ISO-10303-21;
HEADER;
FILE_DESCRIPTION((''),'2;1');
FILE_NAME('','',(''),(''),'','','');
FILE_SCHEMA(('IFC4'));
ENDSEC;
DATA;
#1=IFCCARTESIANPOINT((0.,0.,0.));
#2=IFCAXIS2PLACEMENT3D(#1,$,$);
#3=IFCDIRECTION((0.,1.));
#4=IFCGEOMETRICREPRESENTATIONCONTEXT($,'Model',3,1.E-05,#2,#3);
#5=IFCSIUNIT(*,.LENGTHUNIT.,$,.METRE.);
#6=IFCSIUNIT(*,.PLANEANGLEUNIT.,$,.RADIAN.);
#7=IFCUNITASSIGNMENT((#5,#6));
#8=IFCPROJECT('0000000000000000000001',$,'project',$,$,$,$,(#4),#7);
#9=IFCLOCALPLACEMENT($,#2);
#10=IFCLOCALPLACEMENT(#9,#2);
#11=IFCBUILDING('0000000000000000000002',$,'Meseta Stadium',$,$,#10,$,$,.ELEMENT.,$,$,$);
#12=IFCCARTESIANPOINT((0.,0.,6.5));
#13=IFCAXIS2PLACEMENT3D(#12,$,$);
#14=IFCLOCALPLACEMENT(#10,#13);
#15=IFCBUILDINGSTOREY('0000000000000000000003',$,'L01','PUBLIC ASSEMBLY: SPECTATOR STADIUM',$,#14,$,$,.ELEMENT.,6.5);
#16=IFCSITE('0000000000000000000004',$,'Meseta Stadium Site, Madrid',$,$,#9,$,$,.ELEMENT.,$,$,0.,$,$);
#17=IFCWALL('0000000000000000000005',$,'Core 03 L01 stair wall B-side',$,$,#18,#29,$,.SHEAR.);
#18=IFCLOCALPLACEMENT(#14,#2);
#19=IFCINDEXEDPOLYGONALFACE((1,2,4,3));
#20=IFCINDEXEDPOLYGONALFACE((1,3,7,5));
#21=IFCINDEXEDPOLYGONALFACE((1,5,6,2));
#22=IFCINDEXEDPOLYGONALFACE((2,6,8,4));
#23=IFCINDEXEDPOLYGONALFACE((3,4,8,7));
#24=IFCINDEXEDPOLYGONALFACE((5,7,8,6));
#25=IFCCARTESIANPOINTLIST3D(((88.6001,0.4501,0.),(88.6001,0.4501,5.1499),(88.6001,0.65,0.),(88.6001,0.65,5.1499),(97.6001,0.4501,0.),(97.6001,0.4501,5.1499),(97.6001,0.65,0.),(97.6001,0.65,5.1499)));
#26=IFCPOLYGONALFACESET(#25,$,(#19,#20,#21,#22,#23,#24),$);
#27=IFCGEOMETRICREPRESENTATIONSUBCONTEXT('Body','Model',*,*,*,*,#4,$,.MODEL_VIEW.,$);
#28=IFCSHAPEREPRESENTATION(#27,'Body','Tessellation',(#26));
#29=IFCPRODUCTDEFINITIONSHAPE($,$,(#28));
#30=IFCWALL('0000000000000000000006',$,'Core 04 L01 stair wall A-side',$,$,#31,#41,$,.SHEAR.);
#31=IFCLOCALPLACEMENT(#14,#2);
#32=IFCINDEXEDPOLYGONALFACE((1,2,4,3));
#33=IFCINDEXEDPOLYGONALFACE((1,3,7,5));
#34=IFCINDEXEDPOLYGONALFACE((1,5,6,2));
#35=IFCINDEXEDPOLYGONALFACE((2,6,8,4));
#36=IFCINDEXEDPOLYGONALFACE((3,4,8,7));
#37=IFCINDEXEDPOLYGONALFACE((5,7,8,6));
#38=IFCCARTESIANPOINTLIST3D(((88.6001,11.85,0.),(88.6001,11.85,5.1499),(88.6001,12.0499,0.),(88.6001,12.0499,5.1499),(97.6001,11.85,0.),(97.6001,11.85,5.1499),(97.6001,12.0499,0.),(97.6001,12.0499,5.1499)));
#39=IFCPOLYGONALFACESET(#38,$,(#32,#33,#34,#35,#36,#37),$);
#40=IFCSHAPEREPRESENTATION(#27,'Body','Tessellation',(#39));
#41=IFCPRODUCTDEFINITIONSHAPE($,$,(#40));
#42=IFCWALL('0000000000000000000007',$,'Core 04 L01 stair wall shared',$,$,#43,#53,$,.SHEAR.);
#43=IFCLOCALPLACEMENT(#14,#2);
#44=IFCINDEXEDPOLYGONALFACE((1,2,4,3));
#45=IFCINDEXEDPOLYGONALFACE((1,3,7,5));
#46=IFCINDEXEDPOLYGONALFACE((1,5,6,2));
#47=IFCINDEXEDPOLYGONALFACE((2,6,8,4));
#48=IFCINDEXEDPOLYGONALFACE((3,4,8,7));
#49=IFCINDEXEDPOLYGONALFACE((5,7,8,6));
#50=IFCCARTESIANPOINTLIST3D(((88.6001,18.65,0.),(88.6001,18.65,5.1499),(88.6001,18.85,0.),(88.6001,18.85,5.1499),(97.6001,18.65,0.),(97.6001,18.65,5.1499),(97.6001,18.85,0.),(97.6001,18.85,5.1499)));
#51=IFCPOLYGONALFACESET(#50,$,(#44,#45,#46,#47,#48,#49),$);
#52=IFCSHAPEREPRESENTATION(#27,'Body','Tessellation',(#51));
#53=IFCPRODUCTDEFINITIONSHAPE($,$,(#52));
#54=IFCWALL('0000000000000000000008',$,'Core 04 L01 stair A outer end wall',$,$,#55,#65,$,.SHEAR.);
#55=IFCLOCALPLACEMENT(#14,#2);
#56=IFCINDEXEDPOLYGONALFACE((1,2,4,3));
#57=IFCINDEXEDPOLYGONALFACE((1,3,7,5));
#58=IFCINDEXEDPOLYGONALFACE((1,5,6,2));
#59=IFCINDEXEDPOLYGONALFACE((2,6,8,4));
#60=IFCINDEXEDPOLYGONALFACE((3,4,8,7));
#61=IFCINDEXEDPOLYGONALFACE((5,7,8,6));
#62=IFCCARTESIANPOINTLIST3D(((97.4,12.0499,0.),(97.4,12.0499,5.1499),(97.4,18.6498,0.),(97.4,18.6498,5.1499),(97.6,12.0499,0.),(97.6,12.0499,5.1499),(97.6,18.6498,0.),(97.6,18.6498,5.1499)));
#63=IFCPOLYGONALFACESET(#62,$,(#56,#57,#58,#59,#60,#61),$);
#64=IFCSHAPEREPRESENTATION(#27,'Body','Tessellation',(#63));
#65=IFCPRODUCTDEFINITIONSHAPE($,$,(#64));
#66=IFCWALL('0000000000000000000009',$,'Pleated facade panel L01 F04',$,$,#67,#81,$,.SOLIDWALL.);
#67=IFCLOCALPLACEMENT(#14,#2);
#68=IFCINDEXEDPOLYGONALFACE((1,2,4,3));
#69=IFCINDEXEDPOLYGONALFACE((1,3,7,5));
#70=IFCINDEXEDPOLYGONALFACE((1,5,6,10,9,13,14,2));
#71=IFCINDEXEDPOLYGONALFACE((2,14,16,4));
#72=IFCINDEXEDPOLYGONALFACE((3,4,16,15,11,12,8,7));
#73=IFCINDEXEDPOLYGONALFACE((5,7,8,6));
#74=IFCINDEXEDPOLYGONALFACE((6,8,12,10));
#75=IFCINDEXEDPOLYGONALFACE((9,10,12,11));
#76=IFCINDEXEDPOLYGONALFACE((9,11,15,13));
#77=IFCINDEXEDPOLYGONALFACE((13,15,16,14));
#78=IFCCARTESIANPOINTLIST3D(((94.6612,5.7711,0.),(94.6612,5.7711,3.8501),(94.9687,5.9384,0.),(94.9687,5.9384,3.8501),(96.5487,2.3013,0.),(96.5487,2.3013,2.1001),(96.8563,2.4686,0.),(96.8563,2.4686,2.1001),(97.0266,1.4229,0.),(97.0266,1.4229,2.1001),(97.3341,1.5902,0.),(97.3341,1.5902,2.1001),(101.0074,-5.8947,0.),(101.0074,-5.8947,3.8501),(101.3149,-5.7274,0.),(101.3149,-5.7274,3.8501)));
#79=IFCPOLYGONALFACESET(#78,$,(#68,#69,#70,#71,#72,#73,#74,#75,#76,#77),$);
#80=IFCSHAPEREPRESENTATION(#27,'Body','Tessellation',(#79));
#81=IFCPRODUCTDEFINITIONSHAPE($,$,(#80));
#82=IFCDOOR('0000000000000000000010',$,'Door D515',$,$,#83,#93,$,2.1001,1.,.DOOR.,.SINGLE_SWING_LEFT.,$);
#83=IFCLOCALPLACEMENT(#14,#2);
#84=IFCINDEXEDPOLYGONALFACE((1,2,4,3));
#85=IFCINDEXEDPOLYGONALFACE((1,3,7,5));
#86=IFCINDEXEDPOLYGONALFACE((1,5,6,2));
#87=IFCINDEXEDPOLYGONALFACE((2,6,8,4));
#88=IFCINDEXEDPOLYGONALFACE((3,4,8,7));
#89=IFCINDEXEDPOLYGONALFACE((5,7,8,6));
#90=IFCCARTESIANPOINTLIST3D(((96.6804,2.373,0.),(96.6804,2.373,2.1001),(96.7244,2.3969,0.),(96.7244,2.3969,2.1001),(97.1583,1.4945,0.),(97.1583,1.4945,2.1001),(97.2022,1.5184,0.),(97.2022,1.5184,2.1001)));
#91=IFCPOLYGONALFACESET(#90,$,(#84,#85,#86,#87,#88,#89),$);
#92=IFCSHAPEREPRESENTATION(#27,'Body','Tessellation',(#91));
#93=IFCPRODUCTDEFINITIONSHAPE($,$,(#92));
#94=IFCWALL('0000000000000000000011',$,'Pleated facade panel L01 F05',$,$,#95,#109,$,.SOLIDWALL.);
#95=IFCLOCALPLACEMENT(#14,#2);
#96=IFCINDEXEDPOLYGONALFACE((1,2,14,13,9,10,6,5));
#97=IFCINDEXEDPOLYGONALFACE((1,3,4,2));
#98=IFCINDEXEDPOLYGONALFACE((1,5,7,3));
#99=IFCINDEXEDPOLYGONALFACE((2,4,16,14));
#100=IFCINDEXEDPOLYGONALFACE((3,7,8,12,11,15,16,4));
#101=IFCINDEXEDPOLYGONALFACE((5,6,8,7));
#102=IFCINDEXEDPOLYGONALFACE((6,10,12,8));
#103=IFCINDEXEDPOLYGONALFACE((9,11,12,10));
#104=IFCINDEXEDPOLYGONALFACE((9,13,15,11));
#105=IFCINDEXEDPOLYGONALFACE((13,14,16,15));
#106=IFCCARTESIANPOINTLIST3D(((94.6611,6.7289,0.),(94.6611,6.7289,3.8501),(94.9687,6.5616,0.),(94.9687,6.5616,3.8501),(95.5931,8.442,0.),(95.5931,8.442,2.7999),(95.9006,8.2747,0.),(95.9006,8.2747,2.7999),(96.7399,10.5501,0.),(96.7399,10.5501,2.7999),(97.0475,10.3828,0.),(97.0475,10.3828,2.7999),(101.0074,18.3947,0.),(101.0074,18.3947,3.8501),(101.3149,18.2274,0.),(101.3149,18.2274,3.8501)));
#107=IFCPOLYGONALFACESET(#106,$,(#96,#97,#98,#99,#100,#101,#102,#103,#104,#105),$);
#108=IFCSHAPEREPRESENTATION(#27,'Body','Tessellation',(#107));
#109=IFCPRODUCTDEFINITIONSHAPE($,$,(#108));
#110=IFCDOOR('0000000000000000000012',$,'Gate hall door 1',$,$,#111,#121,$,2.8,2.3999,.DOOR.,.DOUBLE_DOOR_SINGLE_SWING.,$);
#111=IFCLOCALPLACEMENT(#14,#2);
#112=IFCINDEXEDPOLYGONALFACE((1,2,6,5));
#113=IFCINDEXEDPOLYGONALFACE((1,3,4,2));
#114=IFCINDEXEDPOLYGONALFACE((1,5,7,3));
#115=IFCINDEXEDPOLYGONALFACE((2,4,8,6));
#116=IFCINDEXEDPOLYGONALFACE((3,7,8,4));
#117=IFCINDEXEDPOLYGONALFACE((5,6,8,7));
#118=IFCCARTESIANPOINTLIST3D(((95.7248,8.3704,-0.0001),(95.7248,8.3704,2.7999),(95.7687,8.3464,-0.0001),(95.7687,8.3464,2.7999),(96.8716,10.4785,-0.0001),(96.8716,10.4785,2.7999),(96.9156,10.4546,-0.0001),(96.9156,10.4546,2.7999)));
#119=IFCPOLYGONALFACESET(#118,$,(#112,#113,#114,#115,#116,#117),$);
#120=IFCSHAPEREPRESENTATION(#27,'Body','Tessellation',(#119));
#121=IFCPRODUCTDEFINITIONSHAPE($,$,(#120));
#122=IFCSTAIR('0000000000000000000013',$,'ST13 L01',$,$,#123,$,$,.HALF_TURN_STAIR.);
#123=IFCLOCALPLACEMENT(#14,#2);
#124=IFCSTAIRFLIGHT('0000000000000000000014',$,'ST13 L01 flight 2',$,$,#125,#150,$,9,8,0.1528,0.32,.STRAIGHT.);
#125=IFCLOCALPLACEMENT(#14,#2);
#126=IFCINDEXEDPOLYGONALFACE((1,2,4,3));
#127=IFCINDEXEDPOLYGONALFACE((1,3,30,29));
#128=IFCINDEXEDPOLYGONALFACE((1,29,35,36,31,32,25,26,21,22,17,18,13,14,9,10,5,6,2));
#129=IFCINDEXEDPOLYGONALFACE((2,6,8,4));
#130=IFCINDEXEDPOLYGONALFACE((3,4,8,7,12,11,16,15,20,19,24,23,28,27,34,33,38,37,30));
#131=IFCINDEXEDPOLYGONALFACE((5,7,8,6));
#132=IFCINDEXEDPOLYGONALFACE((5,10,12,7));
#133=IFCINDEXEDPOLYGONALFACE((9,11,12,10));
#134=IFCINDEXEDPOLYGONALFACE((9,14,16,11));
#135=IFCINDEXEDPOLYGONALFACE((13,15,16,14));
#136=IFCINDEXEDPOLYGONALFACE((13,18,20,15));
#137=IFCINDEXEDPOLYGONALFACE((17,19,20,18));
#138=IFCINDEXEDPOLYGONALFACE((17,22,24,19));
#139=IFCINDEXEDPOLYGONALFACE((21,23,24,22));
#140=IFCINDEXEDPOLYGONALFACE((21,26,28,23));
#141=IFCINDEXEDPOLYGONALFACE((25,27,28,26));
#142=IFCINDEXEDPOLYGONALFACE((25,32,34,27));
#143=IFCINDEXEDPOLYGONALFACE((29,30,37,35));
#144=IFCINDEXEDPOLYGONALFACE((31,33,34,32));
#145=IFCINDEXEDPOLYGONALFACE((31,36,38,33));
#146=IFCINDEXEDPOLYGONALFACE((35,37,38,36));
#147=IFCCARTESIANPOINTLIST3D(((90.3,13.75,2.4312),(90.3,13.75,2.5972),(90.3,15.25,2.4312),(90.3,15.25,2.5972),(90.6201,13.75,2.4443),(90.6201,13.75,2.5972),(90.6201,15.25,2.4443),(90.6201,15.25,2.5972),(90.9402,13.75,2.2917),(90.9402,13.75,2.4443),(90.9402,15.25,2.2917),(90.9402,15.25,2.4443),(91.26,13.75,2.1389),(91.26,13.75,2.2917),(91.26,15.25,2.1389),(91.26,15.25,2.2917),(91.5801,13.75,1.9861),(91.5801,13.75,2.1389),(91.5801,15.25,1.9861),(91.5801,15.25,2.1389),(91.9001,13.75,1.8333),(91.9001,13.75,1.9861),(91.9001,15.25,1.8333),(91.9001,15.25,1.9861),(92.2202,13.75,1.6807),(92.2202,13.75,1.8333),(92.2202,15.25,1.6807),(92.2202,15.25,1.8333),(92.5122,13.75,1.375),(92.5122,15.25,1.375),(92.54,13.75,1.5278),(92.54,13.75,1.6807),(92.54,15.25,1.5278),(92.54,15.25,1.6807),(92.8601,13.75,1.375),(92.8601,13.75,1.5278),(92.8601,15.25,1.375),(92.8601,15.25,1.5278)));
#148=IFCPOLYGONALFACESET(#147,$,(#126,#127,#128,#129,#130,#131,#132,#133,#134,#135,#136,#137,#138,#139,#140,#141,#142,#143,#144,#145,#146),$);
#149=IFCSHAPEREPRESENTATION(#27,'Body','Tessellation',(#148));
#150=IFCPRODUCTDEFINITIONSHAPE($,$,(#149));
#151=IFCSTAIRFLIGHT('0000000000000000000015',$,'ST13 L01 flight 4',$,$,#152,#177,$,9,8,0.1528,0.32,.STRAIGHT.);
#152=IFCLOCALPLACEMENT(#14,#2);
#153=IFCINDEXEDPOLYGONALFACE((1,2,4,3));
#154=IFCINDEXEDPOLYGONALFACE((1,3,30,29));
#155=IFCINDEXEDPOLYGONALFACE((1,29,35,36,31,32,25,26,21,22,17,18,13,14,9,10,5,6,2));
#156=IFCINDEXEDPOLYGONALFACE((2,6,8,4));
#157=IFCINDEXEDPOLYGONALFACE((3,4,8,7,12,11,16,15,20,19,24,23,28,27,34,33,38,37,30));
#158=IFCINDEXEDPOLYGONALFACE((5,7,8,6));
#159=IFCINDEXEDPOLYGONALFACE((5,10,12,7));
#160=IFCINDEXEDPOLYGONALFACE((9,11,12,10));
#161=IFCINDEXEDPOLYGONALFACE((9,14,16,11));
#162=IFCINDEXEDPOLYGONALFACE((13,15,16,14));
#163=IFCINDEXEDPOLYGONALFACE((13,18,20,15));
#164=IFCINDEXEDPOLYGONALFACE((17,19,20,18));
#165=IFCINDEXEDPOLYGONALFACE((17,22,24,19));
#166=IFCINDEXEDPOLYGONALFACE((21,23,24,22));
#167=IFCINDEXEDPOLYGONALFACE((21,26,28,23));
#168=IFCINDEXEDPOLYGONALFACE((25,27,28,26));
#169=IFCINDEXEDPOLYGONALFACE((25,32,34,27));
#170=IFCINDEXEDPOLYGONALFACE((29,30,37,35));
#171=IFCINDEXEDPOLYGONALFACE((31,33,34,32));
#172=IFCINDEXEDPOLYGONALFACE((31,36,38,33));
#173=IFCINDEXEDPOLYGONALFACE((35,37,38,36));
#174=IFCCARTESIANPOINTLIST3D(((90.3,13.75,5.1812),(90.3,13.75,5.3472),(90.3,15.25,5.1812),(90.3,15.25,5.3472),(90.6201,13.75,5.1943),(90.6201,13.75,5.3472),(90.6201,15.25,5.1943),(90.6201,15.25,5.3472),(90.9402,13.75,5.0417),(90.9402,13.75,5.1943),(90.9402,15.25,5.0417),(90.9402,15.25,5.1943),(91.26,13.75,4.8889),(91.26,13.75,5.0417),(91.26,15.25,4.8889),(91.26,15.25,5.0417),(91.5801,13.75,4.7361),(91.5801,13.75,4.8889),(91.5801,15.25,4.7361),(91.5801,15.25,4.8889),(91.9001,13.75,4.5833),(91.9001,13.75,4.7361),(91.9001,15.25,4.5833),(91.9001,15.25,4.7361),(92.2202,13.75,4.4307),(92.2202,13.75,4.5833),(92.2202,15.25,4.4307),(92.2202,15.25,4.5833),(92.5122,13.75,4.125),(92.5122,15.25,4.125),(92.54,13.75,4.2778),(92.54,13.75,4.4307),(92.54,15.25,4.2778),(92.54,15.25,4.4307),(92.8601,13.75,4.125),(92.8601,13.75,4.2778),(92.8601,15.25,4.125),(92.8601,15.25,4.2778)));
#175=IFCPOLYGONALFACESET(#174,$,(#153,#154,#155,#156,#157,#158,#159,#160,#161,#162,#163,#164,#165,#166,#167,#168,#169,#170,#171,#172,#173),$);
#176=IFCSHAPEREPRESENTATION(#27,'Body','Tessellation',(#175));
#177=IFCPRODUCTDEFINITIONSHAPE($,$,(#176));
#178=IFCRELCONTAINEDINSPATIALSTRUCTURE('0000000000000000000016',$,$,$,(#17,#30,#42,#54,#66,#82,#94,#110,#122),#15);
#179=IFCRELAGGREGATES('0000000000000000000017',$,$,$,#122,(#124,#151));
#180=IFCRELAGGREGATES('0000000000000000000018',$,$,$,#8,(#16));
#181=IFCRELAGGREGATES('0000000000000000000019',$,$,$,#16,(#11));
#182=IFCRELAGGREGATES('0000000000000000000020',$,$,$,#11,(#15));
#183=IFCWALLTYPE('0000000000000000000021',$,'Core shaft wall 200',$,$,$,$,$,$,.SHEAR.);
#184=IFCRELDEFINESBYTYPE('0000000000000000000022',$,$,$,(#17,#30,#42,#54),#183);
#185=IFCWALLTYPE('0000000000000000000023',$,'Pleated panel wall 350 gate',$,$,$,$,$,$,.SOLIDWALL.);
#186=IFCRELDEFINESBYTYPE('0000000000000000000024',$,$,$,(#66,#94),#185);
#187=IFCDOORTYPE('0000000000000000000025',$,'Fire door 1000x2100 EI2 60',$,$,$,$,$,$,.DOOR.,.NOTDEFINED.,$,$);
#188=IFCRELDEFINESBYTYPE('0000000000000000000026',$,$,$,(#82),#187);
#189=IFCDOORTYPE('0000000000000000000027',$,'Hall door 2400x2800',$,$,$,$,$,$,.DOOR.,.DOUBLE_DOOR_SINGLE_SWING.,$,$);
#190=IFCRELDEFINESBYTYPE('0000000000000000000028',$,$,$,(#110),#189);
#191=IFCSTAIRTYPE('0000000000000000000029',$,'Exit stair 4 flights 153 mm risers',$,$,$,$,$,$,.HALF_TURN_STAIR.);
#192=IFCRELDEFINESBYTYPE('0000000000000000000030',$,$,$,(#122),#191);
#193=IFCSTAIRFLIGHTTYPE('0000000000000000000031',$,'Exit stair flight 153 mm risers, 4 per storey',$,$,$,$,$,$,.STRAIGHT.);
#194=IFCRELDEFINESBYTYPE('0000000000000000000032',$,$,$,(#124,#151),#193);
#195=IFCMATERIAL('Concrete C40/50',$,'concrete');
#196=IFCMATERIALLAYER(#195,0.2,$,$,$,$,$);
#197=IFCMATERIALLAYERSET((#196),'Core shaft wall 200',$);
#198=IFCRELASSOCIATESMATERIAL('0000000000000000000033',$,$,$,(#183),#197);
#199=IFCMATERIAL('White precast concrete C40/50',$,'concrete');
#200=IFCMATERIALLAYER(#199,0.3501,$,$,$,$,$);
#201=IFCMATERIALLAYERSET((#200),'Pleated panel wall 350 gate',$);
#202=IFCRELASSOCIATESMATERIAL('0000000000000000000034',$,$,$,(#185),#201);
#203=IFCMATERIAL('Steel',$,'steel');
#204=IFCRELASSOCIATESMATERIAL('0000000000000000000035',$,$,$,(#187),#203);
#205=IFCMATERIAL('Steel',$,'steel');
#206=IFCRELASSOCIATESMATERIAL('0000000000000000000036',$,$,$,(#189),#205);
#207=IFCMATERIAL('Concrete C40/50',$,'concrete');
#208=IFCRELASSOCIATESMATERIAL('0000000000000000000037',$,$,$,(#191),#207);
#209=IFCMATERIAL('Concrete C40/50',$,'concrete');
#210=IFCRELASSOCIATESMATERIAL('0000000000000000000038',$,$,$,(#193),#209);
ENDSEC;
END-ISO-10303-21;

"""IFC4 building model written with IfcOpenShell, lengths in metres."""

from ifc_helpers import new_model, si_unit, direction, frame, frame_2d, origin, place, context, subcontext, project, spatial, polyline, rectangle, outline, extrude, material, layer, layer_set, type_object, element, fill, aggregate, save


model = new_model("IFC4")

# Units and contexts
model_context = context("Model", 3, precision=1e-05, world=origin(), true_north=direction((0.0, 1.0)))
body_context = subcontext(model_context, "Body", "Model", "MODEL_VIEW")
ifc_project = project(units=[si_unit("LENGTHUNIT", "METRE"), si_unit("PLANEANGLEUNIT", "RADIAN")], contexts=[model_context])

# Site, building, storey
site_placement = place(None, origin())
site = spatial("IfcSite", under=ifc_project, at=site_placement, Name="Meseta Stadium Site, Madrid", CompositionType="ELEMENT", RefElevation=0.0)
building_placement = place(site_placement, origin())
building = spatial("IfcBuilding", under=site, at=building_placement, Name="Meseta Stadium", CompositionType="ELEMENT")
storey_placement = place(building_placement, frame((0.0, 0.0, 6.5)))
storey = spatial("IfcBuildingStorey", under=building, at=storey_placement, Name="L01", Description="PUBLIC ASSEMBLY: SPECTATOR STADIUM", CompositionType="ELEMENT", Elevation=6.5)

# Walls
ifc_material_1 = material(Name="Concrete C40/50", Category="concrete")
ifc_layer_1 = layer(ifc_material_1, 0.2)
ifc_layer_set_1 = layer_set([ifc_layer_1], Name="Core shaft wall 200")
wall_type_1 = type_object("IfcWallType", Name="Core shaft wall 200", PredefinedType="SHEAR", material=ifc_layer_set_1)
for number, where, z_axis, x_axis, name in (
    (1, (97.6001, 0.55, 0.0), (0.0, 0.0, 1.0), (-1.0, 0.0, 0.0), "Core 03 L01 stair wall B-side"),
    (2, (97.6001, 11.95, 0.0), (0.0, 0.0, 1.0), (-1.0, 0.0, 0.0), "Core 04 L01 stair wall A-side"),
    (3, (97.6001, 18.75, 0.0), (0.0, 0.0, 1.0), (-1.0, 0.0, 0.0), "Core 04 L01 stair wall shared"),
):
    element("IfcWall", number, at=place(storey_placement, frame(where, z_axis=z_axis, x_axis=x_axis)), inside=storey, type_object=wall_type_1, Name=name, PredefinedType="SHEAR", context=body_context, shape_type="SweptSolid", body=[
        extrude(rectangle(XDim=9.0, YDim=0.2, at=frame_2d((4.5, 0.0))), origin(), (0.0, 0.0, 1.0), 5.1499),
    ])
wall_1_placement = place(storey_placement, frame((97.5, 12.05, 0.0), z_axis=(0.0, 0.0, 1.0), x_axis=(0.0, 1.0, 0.0)))
element("IfcWall", 4, at=wall_1_placement, inside=storey, type_object=wall_type_1, Name="Core 04 L01 stair A outer end wall", PredefinedType="SHEAR", context=body_context, shape_type="SweptSolid", body=[
    extrude(rectangle(XDim=6.5999, YDim=0.2, at=frame_2d((3.2998, 0.0))), origin(), (0.0, 0.0, 1.0), 5.1499),
])

# Walls, openings, doors
ifc_material_2 = material(Name="White precast concrete C40/50", Category="concrete")
ifc_layer_2 = layer(ifc_material_2, 0.3501)
ifc_layer_set_2 = layer_set([ifc_layer_2], Name="Pleated panel wall 350 gate")
wall_type_2 = type_object("IfcWallType", Name="Pleated panel wall 350 gate", PredefinedType="SOLIDWALL", material=ifc_layer_set_2)
wall_2_placement = place(storey_placement, frame((94.8149, 5.8547, 0.0), z_axis=(0.0, 0.0, 1.0), x_axis=(0.477868, -0.878432, 0.0)))
wall_2 = element("IfcWall", 5, at=wall_2_placement, inside=storey, type_object=wall_type_2, Name="Pleated facade panel L01 F04", PredefinedType="SOLIDWALL", context=body_context, shape_type="SweptSolid", body=[
    extrude(rectangle(XDim=13.2803, YDim=0.3501, at=frame_2d((6.6401, 0.0))), origin(), (0.0, 0.0, 1.0), 3.8501),
])
opening_1_placement = place(wall_2_placement, frame((3.95, 0.0, 0.0)))
opening_1 = element("IfcOpeningElement", 6, at=opening_1_placement, cuts=wall_2, PredefinedType="OPENING", context=body_context, shape_type="SweptSolid", body=[
    extrude(rectangle(XDim=1.0, YDim=2.1001, at=frame_2d((0.5, 1.05))), frame((0.0, 0.1851, 0.0), z_axis=(0.0, -1.0, 0.0), x_axis=(1.0, 0.0, 0.0)), (0.0, 0.0, 1.0), 0.3701),
])
ifc_material_3 = material(Name="Steel", Category="steel")
door_type_1 = type_object("IfcDoorType", Name="Fire door 1000x2100 EI2 60", OperationType="NOTDEFINED", PredefinedType="DOOR", material=ifc_material_3)
door_1_placement = place(opening_1_placement, origin())
door_1 = element("IfcDoor", 7, at=door_1_placement, inside=storey, type_object=door_type_1, Name="Door D515", OperationType="SINGLE_SWING_LEFT", OverallHeight=2.1001, OverallWidth=1.0, PredefinedType="DOOR", context=body_context, shape_type="SweptSolid", body=[
    extrude(rectangle(XDim=1.0, YDim=2.1001, at=frame_2d((0.5, 1.05))), frame((0.0, 0.0249, 0.0), z_axis=(0.0, -1.0, 0.0), x_axis=(1.0, 0.0, 0.0)), (0.0, 0.0, 1.0), 0.05),
])
fill(opening_1, door_1)
wall_3_placement = place(storey_placement, frame((101.1611, 18.311, 0.0), z_axis=(0.0, 0.0, 1.0), x_axis=(-0.477868, -0.878432, 0.0)))
wall_3 = element("IfcWall", 8, at=wall_3_placement, inside=storey, type_object=wall_type_2, Name="Pleated facade panel L01 F05", PredefinedType="SOLIDWALL", context=body_context, shape_type="SweptSolid", body=[
    extrude(rectangle(XDim=13.2803, YDim=0.3501, at=frame_2d((6.6401, 0.0))), origin(), (0.0, 0.0, 1.0), 3.8501),
])
opening_2_placement = place(wall_3_placement, frame((8.9302, 0.0, 0.0)))
opening_2 = element("IfcOpeningElement", 9, at=opening_2_placement, cuts=wall_3, PredefinedType="OPENING", context=body_context, shape_type="SweptSolid", body=[
    extrude(rectangle(XDim=2.3999, YDim=2.8, at=frame_2d((1.2, 1.3999))), frame((0.0, 0.1851, 0.0), z_axis=(0.0, -1.0, 0.0), x_axis=(1.0, 0.0, 0.0)), (0.0, 0.0, 1.0), 0.3701),
])
ifc_material_4 = material(Name="Steel", Category="steel")
door_type_2 = type_object("IfcDoorType", Name="Hall door 2400x2800", OperationType="DOUBLE_DOOR_SINGLE_SWING", PredefinedType="DOOR", material=ifc_material_4)
door_2_placement = place(opening_2_placement, origin())
door_2 = element("IfcDoor", 10, at=door_2_placement, inside=storey, type_object=door_type_2, Name="Gate hall door 1", OperationType="DOUBLE_DOOR_SINGLE_SWING", OverallHeight=2.8, OverallWidth=2.3999, PredefinedType="DOOR", context=body_context, shape_type="SweptSolid", body=[
    extrude(rectangle(XDim=2.3999, YDim=2.8, at=frame_2d((1.2, 1.3999))), frame((0.0, 0.0249, 0.0), z_axis=(0.0, -1.0, 0.0), x_axis=(1.0, 0.0, 0.0)), (0.0, 0.0, 1.0), 0.05),
])
fill(opening_2, door_2)

# Stair, stair flights
ifc_material_5 = material(Name="Concrete C40/50", Category="concrete")
stair_type = type_object("IfcStairType", Name="Exit stair 4 flights 153 mm risers", PredefinedType="HALF_TURN_STAIR", material=ifc_material_5)
stair_1_placement = place(storey_placement, origin())
stair_1 = element("IfcStair", 11, at=stair_1_placement, inside=storey, type_object=stair_type, Name="ST13 L01", PredefinedType="HALF_TURN_STAIR")
ifc_material_6 = material(Name="Concrete C40/50", Category="concrete")
stair_flight_type = type_object("IfcStairFlightType", Name="Exit stair flight 153 mm risers, 4 per storey", PredefinedType="STRAIGHT", material=ifc_material_6)
stair_flight_1_placement = place(storey_placement, frame((92.8601, 14.5, 1.375), z_axis=(0.0, 0.0, 1.0), x_axis=(-1.0, 0.0, 0.0)))
stair_flight_1 = element("IfcStairFlight", 12, at=stair_flight_1_placement, type_object=stair_flight_type, Name="ST13 L01 flight 2", NumberOfRisers=9, NumberOfTreads=8, PredefinedType="STRAIGHT", RiserHeight=0.1528, TreadLength=0.32, context=body_context, shape_type="SweptSolid", body=[
    extrude(outline(polyline([(0.0, 0.0), (0.0, 0.1528), (0.3201, 0.1528), (0.3201, 0.3057), (0.6399, 0.3057), (0.6399, 0.4583), (0.96, 0.4583), (0.96, 0.6111), (1.28, 0.6111), (1.28, 0.7639), (1.6001, 0.7639), (1.6001, 0.9167), (1.9199, 0.9167), (1.9199, 1.0693), (2.24, 1.0693), (2.24, 1.2222), (2.5601, 1.2222), (2.5601, 1.0562), (0.3479, 0.0), (0.0, 0.0)])), frame((0.0, 0.75, 0.0), z_axis=(0.0, -1.0, 0.0), x_axis=(1.0, 0.0, 0.0)), (0.0, 0.0, 1.0), 1.5),
])
stair_flight_2_placement = place(storey_placement, frame((92.8601, 14.5, 4.125), z_axis=(0.0, 0.0, 1.0), x_axis=(-1.0, 0.0, 0.0)))
stair_flight_2 = element("IfcStairFlight", 13, at=stair_flight_2_placement, type_object=stair_flight_type, Name="ST13 L01 flight 4", NumberOfRisers=9, NumberOfTreads=8, PredefinedType="STRAIGHT", RiserHeight=0.1528, TreadLength=0.32, context=body_context, shape_type="SweptSolid", body=[
    extrude(outline(polyline([(0.0, 0.0), (0.0, 0.1528), (0.3201, 0.1528), (0.3201, 0.3057), (0.6399, 0.3057), (0.6399, 0.4583), (0.96, 0.4583), (0.96, 0.6111), (1.28, 0.6111), (1.28, 0.7639), (1.6001, 0.7639), (1.6001, 0.9167), (1.9199, 0.9167), (1.9199, 1.0693), (2.24, 1.0693), (2.24, 1.2222), (2.5601, 1.2222), (2.5601, 1.0562), (0.3479, 0.0), (0.0, 0.0)])), frame((0.0, 0.75, 0.0), z_axis=(0.0, -1.0, 0.0), x_axis=(1.0, 0.0, 0.0)), (0.0, 0.0, 1.0), 1.5),
])
aggregate(stair_1, [stair_flight_1, stair_flight_2])

save(model, "model.ifc")
